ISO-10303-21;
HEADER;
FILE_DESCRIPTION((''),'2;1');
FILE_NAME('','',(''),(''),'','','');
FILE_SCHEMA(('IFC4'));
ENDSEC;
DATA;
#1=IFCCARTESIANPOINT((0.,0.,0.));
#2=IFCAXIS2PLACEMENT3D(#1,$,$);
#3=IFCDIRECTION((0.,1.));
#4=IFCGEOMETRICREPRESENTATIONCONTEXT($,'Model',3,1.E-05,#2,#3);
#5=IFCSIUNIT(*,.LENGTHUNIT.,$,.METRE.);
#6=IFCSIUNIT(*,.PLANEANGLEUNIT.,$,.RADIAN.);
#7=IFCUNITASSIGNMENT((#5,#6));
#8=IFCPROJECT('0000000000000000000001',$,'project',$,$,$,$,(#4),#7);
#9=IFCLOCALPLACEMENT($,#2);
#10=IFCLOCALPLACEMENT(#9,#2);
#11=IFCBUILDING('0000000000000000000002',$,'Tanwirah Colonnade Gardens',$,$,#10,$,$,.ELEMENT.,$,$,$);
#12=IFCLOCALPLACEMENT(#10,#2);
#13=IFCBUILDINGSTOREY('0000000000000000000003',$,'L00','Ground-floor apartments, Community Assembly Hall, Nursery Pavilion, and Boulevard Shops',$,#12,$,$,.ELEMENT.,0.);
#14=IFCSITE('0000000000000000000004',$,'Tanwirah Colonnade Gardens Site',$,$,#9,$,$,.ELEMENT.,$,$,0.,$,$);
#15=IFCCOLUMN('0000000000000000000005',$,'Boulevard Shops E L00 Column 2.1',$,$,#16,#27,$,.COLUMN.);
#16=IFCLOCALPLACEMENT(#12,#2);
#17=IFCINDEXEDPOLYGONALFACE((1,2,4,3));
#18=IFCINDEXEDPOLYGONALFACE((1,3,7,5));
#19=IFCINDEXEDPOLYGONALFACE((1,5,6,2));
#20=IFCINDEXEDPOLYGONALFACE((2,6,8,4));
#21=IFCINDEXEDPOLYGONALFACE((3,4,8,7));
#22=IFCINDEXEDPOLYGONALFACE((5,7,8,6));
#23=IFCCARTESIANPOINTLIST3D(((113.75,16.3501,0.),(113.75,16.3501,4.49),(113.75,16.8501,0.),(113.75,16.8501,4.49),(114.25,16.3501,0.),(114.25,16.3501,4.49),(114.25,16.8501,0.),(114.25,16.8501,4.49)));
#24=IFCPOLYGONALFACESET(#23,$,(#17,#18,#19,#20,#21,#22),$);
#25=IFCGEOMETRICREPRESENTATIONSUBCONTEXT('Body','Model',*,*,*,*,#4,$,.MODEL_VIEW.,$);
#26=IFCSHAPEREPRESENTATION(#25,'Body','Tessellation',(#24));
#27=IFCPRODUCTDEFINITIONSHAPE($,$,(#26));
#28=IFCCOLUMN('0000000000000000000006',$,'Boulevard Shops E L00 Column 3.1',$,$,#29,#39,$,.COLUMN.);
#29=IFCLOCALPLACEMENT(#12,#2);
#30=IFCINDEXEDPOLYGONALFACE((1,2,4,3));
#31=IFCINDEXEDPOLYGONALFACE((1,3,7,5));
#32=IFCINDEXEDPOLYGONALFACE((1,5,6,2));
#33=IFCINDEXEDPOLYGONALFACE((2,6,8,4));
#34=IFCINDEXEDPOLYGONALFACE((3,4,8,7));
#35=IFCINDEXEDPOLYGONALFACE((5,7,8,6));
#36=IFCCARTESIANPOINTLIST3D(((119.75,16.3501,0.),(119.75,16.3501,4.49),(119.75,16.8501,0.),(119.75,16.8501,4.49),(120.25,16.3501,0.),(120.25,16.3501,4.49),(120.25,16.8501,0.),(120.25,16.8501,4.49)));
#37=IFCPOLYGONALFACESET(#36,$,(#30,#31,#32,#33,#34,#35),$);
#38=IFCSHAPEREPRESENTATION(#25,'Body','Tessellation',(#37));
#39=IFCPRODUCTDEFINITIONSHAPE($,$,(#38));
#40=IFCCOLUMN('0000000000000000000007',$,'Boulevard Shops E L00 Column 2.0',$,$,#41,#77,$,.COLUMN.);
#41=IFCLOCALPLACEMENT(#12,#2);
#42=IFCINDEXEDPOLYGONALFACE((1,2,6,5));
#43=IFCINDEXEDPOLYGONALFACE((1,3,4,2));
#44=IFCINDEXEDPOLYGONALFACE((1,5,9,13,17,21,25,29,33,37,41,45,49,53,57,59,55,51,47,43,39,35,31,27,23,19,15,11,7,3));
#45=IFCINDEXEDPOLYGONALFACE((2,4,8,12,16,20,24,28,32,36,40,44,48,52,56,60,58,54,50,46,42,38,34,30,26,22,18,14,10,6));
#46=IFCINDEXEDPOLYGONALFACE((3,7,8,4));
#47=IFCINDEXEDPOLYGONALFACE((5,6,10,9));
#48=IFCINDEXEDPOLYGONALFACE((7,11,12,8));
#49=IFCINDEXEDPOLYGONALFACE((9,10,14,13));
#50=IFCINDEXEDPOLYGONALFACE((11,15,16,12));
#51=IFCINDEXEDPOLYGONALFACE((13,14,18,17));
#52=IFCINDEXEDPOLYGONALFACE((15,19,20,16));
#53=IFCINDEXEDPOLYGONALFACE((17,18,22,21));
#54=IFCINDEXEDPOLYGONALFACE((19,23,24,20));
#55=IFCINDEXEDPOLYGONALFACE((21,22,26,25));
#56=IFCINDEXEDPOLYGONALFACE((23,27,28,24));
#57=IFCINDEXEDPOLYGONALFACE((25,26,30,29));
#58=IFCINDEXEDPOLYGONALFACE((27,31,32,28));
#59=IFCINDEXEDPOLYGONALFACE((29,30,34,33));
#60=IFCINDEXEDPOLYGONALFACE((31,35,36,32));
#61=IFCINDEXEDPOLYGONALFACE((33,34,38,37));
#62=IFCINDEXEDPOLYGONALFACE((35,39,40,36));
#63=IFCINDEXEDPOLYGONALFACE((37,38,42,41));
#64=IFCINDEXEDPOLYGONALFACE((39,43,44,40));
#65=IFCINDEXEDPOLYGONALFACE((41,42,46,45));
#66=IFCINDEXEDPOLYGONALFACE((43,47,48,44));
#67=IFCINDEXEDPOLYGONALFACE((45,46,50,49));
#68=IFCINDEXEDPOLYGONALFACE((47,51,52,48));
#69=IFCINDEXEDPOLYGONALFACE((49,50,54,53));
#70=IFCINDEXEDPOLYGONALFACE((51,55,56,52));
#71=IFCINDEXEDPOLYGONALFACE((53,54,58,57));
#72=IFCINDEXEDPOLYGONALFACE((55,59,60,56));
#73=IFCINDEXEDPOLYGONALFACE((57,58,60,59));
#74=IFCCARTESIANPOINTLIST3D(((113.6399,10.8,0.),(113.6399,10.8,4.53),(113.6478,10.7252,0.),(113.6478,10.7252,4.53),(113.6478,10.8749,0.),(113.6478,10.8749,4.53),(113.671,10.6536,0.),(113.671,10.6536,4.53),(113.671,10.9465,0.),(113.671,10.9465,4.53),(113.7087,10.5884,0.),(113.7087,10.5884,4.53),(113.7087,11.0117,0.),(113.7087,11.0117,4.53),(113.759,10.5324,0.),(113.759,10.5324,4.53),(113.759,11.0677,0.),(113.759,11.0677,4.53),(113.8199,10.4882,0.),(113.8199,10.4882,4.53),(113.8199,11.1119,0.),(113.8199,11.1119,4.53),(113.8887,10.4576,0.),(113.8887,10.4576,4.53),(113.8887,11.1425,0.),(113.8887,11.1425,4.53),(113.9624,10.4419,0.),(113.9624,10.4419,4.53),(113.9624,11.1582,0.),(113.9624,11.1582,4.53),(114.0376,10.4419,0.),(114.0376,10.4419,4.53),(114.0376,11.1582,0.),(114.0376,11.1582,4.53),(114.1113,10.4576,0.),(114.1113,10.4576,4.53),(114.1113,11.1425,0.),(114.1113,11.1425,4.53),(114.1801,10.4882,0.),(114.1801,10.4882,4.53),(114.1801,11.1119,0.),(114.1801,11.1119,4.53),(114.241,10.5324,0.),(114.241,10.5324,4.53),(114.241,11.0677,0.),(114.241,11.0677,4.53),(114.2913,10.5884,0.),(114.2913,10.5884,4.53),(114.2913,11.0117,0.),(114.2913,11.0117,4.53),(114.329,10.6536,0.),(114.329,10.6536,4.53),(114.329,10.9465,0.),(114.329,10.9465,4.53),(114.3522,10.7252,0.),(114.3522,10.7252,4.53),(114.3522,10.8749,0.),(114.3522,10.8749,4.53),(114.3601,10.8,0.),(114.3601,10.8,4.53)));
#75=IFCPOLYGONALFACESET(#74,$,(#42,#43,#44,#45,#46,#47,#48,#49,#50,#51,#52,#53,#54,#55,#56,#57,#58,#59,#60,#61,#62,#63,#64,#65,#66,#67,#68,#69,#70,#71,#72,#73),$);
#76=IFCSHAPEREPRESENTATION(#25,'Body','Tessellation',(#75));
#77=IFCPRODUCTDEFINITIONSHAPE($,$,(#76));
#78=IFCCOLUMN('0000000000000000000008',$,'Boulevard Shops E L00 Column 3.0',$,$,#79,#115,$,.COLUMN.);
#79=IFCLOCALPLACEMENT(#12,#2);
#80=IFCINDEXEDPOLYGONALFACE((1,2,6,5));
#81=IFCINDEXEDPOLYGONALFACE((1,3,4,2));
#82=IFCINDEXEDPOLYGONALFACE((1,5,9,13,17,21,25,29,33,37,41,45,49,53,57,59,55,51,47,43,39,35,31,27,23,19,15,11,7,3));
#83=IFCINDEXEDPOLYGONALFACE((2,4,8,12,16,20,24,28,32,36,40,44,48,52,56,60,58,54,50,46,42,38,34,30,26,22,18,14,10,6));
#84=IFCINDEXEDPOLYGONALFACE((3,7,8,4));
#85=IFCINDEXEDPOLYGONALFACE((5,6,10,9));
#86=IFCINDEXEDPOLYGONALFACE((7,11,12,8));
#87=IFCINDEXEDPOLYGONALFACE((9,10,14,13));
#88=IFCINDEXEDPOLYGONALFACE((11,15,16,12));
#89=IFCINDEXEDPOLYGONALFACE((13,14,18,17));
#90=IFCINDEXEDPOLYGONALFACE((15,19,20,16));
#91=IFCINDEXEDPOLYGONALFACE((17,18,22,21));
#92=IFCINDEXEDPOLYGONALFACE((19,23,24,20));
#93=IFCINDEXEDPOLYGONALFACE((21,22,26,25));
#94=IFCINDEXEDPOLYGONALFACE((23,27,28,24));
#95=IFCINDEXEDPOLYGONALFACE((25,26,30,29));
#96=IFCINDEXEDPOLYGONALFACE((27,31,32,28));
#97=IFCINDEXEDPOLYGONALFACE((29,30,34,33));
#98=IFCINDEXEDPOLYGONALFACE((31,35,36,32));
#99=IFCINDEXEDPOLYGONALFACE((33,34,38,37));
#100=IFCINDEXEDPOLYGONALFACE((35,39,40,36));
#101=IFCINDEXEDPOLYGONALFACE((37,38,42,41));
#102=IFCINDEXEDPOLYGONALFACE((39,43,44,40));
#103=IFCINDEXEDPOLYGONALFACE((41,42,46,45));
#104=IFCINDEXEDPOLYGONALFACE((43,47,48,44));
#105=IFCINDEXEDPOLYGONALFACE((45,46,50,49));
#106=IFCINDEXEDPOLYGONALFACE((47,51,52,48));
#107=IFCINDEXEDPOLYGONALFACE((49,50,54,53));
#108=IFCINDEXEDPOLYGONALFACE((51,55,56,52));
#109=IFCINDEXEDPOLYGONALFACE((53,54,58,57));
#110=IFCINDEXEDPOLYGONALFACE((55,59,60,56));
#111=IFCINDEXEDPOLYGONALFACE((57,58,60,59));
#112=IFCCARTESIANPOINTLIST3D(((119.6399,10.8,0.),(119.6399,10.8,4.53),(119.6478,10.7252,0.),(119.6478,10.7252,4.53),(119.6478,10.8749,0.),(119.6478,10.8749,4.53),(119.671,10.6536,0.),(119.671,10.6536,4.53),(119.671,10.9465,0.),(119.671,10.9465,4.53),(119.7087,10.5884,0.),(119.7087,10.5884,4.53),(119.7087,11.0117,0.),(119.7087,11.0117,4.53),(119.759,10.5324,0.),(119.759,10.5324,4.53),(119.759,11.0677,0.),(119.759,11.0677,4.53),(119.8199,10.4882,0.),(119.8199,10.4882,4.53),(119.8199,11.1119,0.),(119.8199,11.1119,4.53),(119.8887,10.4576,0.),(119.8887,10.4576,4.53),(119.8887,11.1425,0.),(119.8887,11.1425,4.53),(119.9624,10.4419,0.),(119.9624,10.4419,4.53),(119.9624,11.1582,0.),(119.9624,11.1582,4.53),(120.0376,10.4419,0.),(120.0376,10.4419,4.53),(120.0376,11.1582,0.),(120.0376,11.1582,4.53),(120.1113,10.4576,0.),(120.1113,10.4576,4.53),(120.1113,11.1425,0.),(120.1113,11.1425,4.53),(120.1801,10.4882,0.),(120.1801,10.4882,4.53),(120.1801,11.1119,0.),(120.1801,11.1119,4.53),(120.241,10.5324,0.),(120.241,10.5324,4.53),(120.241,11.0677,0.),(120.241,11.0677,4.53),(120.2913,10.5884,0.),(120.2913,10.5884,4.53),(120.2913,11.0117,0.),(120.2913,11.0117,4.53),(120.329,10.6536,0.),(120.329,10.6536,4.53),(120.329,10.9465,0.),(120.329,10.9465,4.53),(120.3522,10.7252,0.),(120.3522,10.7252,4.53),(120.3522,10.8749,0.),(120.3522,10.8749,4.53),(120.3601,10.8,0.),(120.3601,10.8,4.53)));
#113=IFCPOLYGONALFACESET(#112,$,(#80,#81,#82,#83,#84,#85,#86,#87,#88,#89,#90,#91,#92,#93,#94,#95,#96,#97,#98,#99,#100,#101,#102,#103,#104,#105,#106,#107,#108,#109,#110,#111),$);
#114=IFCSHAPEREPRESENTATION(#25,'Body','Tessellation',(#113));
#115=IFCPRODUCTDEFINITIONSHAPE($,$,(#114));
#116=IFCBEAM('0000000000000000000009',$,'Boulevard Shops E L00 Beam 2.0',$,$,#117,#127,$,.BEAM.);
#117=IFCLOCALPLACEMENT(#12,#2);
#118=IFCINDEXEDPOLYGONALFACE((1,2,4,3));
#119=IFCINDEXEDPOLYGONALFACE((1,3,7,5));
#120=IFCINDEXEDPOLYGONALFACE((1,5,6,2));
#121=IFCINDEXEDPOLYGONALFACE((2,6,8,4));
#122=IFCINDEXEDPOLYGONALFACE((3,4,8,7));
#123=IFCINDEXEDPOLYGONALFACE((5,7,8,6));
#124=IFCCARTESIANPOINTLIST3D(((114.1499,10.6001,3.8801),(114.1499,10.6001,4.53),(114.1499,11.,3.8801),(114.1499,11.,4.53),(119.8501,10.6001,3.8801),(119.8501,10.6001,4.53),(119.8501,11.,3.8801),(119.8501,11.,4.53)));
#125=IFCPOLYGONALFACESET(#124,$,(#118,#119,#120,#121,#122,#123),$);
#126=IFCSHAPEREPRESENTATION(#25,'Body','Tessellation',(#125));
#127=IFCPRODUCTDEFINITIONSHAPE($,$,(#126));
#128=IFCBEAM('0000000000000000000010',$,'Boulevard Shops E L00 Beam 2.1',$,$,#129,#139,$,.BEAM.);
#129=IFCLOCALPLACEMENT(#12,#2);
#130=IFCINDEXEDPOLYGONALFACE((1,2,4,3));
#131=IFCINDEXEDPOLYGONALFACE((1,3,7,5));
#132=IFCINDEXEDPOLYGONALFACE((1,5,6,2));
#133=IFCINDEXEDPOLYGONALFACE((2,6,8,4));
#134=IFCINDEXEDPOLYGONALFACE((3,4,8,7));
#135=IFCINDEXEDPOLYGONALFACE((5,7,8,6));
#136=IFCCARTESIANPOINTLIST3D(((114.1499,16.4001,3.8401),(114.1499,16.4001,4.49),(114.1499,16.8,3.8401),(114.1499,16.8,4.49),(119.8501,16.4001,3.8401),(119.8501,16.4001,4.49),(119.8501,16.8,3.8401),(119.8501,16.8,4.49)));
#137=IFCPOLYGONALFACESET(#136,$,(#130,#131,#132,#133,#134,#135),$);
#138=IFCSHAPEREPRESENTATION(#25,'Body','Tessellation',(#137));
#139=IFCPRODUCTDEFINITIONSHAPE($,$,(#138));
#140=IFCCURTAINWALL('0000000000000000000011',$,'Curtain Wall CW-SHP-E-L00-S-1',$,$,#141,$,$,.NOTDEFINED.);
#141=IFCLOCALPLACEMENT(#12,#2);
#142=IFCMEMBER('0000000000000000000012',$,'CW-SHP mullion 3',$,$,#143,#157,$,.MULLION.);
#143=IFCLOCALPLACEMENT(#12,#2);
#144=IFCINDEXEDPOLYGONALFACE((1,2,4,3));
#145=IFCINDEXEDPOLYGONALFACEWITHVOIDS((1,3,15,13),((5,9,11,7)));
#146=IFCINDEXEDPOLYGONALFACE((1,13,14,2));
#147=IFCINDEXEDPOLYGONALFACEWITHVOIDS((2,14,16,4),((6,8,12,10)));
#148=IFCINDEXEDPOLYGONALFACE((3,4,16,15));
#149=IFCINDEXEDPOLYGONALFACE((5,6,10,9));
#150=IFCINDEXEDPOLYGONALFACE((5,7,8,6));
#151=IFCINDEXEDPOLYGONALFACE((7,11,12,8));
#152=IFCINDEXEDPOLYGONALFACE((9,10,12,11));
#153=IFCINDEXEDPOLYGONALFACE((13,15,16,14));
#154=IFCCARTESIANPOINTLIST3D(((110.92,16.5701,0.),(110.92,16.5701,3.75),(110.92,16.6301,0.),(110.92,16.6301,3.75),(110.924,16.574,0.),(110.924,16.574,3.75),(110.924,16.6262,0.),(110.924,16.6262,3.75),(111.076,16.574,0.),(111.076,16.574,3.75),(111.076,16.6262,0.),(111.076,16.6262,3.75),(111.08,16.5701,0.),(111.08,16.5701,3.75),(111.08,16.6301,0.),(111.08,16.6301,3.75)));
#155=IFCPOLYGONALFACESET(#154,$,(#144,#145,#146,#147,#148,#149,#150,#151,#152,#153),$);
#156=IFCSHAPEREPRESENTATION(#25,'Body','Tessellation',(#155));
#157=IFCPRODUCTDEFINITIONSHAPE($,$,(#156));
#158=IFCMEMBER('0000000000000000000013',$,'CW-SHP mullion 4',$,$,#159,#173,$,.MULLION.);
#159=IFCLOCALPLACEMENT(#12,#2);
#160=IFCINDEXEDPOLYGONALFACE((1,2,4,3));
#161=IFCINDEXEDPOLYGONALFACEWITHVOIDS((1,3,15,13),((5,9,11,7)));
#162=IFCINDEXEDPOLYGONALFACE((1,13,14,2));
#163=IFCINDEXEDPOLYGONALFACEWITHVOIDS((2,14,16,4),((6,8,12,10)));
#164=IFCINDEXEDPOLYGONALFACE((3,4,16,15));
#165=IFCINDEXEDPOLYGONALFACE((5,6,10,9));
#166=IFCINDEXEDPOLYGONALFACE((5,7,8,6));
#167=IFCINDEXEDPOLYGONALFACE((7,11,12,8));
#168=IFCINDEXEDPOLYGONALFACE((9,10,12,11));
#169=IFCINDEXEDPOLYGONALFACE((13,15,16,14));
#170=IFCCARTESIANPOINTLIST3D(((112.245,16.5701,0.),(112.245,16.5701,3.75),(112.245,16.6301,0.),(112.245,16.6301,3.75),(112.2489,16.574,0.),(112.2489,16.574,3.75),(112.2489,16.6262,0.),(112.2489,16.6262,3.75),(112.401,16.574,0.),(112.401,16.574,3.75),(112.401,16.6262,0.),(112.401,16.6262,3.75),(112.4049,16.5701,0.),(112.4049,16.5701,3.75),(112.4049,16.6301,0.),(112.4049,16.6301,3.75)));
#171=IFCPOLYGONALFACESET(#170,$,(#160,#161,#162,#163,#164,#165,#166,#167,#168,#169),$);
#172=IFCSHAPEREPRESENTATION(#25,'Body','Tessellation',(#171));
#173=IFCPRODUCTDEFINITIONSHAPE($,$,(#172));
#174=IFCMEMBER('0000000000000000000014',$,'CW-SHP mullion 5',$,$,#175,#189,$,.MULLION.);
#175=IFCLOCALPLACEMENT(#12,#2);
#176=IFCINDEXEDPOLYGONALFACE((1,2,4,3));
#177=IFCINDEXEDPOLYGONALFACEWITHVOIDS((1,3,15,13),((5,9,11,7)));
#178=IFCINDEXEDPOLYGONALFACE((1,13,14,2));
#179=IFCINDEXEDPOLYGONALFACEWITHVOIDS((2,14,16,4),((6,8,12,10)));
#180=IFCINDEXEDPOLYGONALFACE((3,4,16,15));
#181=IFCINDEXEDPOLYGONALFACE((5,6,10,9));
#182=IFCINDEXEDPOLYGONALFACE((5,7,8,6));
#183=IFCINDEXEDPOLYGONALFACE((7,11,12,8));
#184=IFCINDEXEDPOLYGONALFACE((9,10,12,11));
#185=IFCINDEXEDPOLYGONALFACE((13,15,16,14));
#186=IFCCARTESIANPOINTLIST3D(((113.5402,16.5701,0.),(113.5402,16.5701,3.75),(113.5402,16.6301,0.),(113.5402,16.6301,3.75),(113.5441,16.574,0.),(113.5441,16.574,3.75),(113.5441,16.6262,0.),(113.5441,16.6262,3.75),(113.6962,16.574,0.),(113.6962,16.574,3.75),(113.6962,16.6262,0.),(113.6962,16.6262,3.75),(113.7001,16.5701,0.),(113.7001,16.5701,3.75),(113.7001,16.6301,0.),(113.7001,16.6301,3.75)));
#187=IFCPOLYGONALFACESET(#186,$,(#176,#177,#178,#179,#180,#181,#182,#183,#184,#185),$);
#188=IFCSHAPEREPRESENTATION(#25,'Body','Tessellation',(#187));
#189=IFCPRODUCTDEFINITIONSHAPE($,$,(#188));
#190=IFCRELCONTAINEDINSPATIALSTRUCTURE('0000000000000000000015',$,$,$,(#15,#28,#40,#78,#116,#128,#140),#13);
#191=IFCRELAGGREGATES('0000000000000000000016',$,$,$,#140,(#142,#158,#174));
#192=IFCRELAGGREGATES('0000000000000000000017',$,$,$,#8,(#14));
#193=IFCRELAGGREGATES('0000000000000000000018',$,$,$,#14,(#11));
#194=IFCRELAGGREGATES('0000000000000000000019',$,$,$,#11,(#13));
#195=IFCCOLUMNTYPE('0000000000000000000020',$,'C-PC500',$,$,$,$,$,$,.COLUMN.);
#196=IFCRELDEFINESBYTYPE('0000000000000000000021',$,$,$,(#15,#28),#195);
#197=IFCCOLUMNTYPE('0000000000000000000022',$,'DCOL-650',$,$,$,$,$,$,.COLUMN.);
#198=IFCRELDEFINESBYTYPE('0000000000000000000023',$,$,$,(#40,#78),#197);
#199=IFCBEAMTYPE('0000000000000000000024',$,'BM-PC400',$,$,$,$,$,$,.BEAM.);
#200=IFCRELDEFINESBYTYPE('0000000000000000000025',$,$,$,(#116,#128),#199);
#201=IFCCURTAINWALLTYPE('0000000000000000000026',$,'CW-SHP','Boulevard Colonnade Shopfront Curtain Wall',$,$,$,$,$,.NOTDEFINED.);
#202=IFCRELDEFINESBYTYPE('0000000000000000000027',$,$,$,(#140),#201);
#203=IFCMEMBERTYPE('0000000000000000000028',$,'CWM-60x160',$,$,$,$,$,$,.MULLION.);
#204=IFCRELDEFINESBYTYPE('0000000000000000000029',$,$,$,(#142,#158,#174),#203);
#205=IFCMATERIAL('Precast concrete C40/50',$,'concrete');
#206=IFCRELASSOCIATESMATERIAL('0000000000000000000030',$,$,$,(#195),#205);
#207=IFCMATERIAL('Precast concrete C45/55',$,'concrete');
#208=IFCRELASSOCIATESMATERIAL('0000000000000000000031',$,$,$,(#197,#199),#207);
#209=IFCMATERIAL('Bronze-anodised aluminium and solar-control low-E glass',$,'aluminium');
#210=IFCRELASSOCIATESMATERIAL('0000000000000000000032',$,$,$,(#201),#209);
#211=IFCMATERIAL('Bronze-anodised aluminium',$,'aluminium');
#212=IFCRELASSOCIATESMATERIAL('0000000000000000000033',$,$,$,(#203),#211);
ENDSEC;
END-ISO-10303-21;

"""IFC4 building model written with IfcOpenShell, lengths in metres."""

from ifc_helpers import new_model, si_unit, direction, frame, origin, origin_2d, place, context, subcontext, project, spatial, rectangle, hollow_rectangle, circle, extrude, material, material_profile, profile_set, type_object, element, aggregate, save


model = new_model("IFC4")

# Units and contexts
model_context = context("Model", 3, precision=1e-05, world=origin(), true_north=direction((0.0, 1.0)))
body_context = subcontext(model_context, "Body", "Model", "MODEL_VIEW")
ifc_project = project(units=[si_unit("LENGTHUNIT", "METRE"), si_unit("PLANEANGLEUNIT", "RADIAN")], contexts=[model_context])

# Site, building, storey
site_placement = place(None, origin())
site = spatial("IfcSite", under=ifc_project, at=site_placement, Name="Tanwirah Colonnade Gardens Site", CompositionType="ELEMENT", RefElevation=0.0)
building_placement = place(site_placement, origin())
building = spatial("IfcBuilding", under=site, at=building_placement, Name="Tanwirah Colonnade Gardens", CompositionType="ELEMENT")
storey_placement = place(building_placement, origin())
storey = spatial("IfcBuildingStorey", under=building, at=storey_placement, Name="L00", Description="Ground-floor apartments, Community Assembly Hall, Nursery Pavilion, and Boulevard Shops", CompositionType="ELEMENT", Elevation=0.0)

# Columns
ifc_material_1 = material(Name="Precast concrete C40/50", Category="concrete")
ifc_material_profile_1 = material_profile(ifc_material_1, rectangle(XDim=0.5, YDim=0.5, at=origin_2d()), Name="PC-COL 500x500")
ifc_profile_set_1 = profile_set([ifc_material_profile_1], Name="Precast concrete C40/50")
column_type_1 = type_object("IfcColumnType", Name="C-PC500", PredefinedType="COLUMN", material=ifc_profile_set_1)
for number, where, z_axis, x_axis, name in (
    (1, (114.0, 16.6001, 0.0), (0.0, 0.0, 1.0), (1.0, 0.0, 0.0), "Boulevard Shops E L00 Column 2.1"),
    (2, (120.0, 16.6001, 0.0), (0.0, 0.0, 1.0), (1.0, 0.0, 0.0), "Boulevard Shops E L00 Column 3.1"),
):
    element("IfcColumn", number, at=place(storey_placement, frame(where, z_axis=z_axis, x_axis=x_axis)), inside=storey, type_object=column_type_1, Name=name, PredefinedType="COLUMN", context=body_context, shape_type="SweptSolid", body=[
        extrude(rectangle(XDim=0.5, YDim=0.5, at=origin_2d()), origin(), (0.0, 0.0, 1.0), 4.49),
    ])
ifc_material_2 = material(Name="Precast concrete C45/55", Category="concrete")
ifc_material_profile_2 = material_profile(ifc_material_2, circle(Radius=0.3601, at=origin_2d()), Name="PC-DCOL D720")
ifc_profile_set_2 = profile_set([ifc_material_profile_2], Name="Precast concrete C45/55")
column_type_2 = type_object("IfcColumnType", Name="DCOL-650", PredefinedType="COLUMN", material=ifc_profile_set_2)
for number, where, z_axis, x_axis, name in (
    (3, (114.0, 10.8, 0.0), (0.0, 0.0, 1.0), (1.0, 0.0, 0.0), "Boulevard Shops E L00 Column 2.0"),
    (4, (120.0, 10.8, 0.0), (0.0, 0.0, 1.0), (1.0, 0.0, 0.0), "Boulevard Shops E L00 Column 3.0"),
):
    element("IfcColumn", number, at=place(storey_placement, frame(where, z_axis=z_axis, x_axis=x_axis)), inside=storey, type_object=column_type_2, Name=name, PredefinedType="COLUMN", context=body_context, shape_type="SweptSolid", body=[
        extrude(circle(Radius=0.3601, at=origin_2d()), origin(), (0.0, 0.0, 1.0), 4.53),
    ])

# Beams
ifc_material_profile_3 = material_profile(ifc_material_2, rectangle(XDim=0.3999, YDim=0.6499, at=origin_2d()), Name="PC-BM 400x650")
ifc_profile_set_3 = profile_set([ifc_material_profile_3], Name="Precast concrete C45/55")
beam_type = type_object("IfcBeamType", Name="BM-PC400", PredefinedType="BEAM", material=ifc_profile_set_3)
for number, where, z_axis, x_axis, name in (
    (5, (114.1499, 10.8, 4.2051), (1.0, 0.0, 0.0), (0.0, 1.0, 0.0), "Boulevard Shops E L00 Beam 2.0"),
    (6, (114.1499, 16.6001, 4.165), (1.0, 0.0, 0.0), (0.0, 1.0, 0.0), "Boulevard Shops E L00 Beam 2.1"),
):
    element("IfcBeam", number, at=place(storey_placement, frame(where, z_axis=z_axis, x_axis=x_axis)), inside=storey, type_object=beam_type, Name=name, PredefinedType="BEAM", context=body_context, shape_type="SweptSolid", body=[
        extrude(rectangle(XDim=0.3999, YDim=0.6499, at=origin_2d()), origin(), (0.0, 0.0, 1.0), 5.7002),
    ])

# Curtain wall, members
ifc_material_3 = material(Name="Bronze-anodised aluminium and solar-control low-E glass", Category="aluminium")
curtain_wall_type = type_object("IfcCurtainWallType", Name="CW-SHP", Description="Boulevard Colonnade Shopfront Curtain Wall", PredefinedType="NOTDEFINED", material=ifc_material_3)
curtain_wall_1_placement = place(storey_placement, origin())
curtain_wall_1 = element("IfcCurtainWall", 7, at=curtain_wall_1_placement, inside=storey, type_object=curtain_wall_type, Name="Curtain Wall CW-SHP-E-L00-S-1", PredefinedType="NOTDEFINED")
ifc_material_4 = material(Name="Bronze-anodised aluminium", Category="aluminium")
ifc_material_profile_4 = material_profile(ifc_material_4, hollow_rectangle(XDim=0.0601, YDim=0.1599, WallThickness=0.0039, at=origin_2d()), Name="CW-MUL 60x160x4")
ifc_profile_set_4 = profile_set([ifc_material_profile_4], Name="Bronze-anodised aluminium")
member_type_1 = type_object("IfcMemberType", Name="CWM-60x160", PredefinedType="MULLION", material=ifc_profile_set_4)
member_1_placement = place(storey_placement, frame((111.0, 16.6001, 0.0), z_axis=(0.0, 0.0, 1.0), x_axis=(0.0, 1.0, 0.0)))
member_1 = element("IfcMember", 8, at=member_1_placement, type_object=member_type_1, Name="CW-SHP mullion 3", PredefinedType="MULLION", context=body_context, shape_type="SweptSolid", body=[
    extrude(hollow_rectangle(XDim=0.0601, YDim=0.1599, WallThickness=0.0039, at=origin_2d()), origin(), (0.0, 0.0, 1.0), 3.75),
])
member_2_placement = place(storey_placement, frame((112.325, 16.6001, 0.0), z_axis=(0.0, 0.0, 1.0), x_axis=(0.0, 1.0, 0.0)))
member_2 = element("IfcMember", 9, at=member_2_placement, type_object=member_type_1, Name="CW-SHP mullion 4", PredefinedType="MULLION", context=body_context, shape_type="SweptSolid", body=[
    extrude(hollow_rectangle(XDim=0.0601, YDim=0.1599, WallThickness=0.0039, at=origin_2d()), origin(), (0.0, 0.0, 1.0), 3.75),
])
member_3_placement = place(storey_placement, frame((113.6201, 16.6001, 0.0), z_axis=(0.0, 0.0, 1.0), x_axis=(0.0, 1.0, 0.0)))
member_3 = element("IfcMember", 10, at=member_3_placement, type_object=member_type_1, Name="CW-SHP mullion 5", PredefinedType="MULLION", context=body_context, shape_type="SweptSolid", body=[
    extrude(hollow_rectangle(XDim=0.0601, YDim=0.1599, WallThickness=0.0039, at=origin_2d()), origin(), (0.0, 0.0, 1.0), 3.75),
])

aggregate(curtain_wall_1, [member_1, member_2, member_3])

save(model, "model.ifc")
